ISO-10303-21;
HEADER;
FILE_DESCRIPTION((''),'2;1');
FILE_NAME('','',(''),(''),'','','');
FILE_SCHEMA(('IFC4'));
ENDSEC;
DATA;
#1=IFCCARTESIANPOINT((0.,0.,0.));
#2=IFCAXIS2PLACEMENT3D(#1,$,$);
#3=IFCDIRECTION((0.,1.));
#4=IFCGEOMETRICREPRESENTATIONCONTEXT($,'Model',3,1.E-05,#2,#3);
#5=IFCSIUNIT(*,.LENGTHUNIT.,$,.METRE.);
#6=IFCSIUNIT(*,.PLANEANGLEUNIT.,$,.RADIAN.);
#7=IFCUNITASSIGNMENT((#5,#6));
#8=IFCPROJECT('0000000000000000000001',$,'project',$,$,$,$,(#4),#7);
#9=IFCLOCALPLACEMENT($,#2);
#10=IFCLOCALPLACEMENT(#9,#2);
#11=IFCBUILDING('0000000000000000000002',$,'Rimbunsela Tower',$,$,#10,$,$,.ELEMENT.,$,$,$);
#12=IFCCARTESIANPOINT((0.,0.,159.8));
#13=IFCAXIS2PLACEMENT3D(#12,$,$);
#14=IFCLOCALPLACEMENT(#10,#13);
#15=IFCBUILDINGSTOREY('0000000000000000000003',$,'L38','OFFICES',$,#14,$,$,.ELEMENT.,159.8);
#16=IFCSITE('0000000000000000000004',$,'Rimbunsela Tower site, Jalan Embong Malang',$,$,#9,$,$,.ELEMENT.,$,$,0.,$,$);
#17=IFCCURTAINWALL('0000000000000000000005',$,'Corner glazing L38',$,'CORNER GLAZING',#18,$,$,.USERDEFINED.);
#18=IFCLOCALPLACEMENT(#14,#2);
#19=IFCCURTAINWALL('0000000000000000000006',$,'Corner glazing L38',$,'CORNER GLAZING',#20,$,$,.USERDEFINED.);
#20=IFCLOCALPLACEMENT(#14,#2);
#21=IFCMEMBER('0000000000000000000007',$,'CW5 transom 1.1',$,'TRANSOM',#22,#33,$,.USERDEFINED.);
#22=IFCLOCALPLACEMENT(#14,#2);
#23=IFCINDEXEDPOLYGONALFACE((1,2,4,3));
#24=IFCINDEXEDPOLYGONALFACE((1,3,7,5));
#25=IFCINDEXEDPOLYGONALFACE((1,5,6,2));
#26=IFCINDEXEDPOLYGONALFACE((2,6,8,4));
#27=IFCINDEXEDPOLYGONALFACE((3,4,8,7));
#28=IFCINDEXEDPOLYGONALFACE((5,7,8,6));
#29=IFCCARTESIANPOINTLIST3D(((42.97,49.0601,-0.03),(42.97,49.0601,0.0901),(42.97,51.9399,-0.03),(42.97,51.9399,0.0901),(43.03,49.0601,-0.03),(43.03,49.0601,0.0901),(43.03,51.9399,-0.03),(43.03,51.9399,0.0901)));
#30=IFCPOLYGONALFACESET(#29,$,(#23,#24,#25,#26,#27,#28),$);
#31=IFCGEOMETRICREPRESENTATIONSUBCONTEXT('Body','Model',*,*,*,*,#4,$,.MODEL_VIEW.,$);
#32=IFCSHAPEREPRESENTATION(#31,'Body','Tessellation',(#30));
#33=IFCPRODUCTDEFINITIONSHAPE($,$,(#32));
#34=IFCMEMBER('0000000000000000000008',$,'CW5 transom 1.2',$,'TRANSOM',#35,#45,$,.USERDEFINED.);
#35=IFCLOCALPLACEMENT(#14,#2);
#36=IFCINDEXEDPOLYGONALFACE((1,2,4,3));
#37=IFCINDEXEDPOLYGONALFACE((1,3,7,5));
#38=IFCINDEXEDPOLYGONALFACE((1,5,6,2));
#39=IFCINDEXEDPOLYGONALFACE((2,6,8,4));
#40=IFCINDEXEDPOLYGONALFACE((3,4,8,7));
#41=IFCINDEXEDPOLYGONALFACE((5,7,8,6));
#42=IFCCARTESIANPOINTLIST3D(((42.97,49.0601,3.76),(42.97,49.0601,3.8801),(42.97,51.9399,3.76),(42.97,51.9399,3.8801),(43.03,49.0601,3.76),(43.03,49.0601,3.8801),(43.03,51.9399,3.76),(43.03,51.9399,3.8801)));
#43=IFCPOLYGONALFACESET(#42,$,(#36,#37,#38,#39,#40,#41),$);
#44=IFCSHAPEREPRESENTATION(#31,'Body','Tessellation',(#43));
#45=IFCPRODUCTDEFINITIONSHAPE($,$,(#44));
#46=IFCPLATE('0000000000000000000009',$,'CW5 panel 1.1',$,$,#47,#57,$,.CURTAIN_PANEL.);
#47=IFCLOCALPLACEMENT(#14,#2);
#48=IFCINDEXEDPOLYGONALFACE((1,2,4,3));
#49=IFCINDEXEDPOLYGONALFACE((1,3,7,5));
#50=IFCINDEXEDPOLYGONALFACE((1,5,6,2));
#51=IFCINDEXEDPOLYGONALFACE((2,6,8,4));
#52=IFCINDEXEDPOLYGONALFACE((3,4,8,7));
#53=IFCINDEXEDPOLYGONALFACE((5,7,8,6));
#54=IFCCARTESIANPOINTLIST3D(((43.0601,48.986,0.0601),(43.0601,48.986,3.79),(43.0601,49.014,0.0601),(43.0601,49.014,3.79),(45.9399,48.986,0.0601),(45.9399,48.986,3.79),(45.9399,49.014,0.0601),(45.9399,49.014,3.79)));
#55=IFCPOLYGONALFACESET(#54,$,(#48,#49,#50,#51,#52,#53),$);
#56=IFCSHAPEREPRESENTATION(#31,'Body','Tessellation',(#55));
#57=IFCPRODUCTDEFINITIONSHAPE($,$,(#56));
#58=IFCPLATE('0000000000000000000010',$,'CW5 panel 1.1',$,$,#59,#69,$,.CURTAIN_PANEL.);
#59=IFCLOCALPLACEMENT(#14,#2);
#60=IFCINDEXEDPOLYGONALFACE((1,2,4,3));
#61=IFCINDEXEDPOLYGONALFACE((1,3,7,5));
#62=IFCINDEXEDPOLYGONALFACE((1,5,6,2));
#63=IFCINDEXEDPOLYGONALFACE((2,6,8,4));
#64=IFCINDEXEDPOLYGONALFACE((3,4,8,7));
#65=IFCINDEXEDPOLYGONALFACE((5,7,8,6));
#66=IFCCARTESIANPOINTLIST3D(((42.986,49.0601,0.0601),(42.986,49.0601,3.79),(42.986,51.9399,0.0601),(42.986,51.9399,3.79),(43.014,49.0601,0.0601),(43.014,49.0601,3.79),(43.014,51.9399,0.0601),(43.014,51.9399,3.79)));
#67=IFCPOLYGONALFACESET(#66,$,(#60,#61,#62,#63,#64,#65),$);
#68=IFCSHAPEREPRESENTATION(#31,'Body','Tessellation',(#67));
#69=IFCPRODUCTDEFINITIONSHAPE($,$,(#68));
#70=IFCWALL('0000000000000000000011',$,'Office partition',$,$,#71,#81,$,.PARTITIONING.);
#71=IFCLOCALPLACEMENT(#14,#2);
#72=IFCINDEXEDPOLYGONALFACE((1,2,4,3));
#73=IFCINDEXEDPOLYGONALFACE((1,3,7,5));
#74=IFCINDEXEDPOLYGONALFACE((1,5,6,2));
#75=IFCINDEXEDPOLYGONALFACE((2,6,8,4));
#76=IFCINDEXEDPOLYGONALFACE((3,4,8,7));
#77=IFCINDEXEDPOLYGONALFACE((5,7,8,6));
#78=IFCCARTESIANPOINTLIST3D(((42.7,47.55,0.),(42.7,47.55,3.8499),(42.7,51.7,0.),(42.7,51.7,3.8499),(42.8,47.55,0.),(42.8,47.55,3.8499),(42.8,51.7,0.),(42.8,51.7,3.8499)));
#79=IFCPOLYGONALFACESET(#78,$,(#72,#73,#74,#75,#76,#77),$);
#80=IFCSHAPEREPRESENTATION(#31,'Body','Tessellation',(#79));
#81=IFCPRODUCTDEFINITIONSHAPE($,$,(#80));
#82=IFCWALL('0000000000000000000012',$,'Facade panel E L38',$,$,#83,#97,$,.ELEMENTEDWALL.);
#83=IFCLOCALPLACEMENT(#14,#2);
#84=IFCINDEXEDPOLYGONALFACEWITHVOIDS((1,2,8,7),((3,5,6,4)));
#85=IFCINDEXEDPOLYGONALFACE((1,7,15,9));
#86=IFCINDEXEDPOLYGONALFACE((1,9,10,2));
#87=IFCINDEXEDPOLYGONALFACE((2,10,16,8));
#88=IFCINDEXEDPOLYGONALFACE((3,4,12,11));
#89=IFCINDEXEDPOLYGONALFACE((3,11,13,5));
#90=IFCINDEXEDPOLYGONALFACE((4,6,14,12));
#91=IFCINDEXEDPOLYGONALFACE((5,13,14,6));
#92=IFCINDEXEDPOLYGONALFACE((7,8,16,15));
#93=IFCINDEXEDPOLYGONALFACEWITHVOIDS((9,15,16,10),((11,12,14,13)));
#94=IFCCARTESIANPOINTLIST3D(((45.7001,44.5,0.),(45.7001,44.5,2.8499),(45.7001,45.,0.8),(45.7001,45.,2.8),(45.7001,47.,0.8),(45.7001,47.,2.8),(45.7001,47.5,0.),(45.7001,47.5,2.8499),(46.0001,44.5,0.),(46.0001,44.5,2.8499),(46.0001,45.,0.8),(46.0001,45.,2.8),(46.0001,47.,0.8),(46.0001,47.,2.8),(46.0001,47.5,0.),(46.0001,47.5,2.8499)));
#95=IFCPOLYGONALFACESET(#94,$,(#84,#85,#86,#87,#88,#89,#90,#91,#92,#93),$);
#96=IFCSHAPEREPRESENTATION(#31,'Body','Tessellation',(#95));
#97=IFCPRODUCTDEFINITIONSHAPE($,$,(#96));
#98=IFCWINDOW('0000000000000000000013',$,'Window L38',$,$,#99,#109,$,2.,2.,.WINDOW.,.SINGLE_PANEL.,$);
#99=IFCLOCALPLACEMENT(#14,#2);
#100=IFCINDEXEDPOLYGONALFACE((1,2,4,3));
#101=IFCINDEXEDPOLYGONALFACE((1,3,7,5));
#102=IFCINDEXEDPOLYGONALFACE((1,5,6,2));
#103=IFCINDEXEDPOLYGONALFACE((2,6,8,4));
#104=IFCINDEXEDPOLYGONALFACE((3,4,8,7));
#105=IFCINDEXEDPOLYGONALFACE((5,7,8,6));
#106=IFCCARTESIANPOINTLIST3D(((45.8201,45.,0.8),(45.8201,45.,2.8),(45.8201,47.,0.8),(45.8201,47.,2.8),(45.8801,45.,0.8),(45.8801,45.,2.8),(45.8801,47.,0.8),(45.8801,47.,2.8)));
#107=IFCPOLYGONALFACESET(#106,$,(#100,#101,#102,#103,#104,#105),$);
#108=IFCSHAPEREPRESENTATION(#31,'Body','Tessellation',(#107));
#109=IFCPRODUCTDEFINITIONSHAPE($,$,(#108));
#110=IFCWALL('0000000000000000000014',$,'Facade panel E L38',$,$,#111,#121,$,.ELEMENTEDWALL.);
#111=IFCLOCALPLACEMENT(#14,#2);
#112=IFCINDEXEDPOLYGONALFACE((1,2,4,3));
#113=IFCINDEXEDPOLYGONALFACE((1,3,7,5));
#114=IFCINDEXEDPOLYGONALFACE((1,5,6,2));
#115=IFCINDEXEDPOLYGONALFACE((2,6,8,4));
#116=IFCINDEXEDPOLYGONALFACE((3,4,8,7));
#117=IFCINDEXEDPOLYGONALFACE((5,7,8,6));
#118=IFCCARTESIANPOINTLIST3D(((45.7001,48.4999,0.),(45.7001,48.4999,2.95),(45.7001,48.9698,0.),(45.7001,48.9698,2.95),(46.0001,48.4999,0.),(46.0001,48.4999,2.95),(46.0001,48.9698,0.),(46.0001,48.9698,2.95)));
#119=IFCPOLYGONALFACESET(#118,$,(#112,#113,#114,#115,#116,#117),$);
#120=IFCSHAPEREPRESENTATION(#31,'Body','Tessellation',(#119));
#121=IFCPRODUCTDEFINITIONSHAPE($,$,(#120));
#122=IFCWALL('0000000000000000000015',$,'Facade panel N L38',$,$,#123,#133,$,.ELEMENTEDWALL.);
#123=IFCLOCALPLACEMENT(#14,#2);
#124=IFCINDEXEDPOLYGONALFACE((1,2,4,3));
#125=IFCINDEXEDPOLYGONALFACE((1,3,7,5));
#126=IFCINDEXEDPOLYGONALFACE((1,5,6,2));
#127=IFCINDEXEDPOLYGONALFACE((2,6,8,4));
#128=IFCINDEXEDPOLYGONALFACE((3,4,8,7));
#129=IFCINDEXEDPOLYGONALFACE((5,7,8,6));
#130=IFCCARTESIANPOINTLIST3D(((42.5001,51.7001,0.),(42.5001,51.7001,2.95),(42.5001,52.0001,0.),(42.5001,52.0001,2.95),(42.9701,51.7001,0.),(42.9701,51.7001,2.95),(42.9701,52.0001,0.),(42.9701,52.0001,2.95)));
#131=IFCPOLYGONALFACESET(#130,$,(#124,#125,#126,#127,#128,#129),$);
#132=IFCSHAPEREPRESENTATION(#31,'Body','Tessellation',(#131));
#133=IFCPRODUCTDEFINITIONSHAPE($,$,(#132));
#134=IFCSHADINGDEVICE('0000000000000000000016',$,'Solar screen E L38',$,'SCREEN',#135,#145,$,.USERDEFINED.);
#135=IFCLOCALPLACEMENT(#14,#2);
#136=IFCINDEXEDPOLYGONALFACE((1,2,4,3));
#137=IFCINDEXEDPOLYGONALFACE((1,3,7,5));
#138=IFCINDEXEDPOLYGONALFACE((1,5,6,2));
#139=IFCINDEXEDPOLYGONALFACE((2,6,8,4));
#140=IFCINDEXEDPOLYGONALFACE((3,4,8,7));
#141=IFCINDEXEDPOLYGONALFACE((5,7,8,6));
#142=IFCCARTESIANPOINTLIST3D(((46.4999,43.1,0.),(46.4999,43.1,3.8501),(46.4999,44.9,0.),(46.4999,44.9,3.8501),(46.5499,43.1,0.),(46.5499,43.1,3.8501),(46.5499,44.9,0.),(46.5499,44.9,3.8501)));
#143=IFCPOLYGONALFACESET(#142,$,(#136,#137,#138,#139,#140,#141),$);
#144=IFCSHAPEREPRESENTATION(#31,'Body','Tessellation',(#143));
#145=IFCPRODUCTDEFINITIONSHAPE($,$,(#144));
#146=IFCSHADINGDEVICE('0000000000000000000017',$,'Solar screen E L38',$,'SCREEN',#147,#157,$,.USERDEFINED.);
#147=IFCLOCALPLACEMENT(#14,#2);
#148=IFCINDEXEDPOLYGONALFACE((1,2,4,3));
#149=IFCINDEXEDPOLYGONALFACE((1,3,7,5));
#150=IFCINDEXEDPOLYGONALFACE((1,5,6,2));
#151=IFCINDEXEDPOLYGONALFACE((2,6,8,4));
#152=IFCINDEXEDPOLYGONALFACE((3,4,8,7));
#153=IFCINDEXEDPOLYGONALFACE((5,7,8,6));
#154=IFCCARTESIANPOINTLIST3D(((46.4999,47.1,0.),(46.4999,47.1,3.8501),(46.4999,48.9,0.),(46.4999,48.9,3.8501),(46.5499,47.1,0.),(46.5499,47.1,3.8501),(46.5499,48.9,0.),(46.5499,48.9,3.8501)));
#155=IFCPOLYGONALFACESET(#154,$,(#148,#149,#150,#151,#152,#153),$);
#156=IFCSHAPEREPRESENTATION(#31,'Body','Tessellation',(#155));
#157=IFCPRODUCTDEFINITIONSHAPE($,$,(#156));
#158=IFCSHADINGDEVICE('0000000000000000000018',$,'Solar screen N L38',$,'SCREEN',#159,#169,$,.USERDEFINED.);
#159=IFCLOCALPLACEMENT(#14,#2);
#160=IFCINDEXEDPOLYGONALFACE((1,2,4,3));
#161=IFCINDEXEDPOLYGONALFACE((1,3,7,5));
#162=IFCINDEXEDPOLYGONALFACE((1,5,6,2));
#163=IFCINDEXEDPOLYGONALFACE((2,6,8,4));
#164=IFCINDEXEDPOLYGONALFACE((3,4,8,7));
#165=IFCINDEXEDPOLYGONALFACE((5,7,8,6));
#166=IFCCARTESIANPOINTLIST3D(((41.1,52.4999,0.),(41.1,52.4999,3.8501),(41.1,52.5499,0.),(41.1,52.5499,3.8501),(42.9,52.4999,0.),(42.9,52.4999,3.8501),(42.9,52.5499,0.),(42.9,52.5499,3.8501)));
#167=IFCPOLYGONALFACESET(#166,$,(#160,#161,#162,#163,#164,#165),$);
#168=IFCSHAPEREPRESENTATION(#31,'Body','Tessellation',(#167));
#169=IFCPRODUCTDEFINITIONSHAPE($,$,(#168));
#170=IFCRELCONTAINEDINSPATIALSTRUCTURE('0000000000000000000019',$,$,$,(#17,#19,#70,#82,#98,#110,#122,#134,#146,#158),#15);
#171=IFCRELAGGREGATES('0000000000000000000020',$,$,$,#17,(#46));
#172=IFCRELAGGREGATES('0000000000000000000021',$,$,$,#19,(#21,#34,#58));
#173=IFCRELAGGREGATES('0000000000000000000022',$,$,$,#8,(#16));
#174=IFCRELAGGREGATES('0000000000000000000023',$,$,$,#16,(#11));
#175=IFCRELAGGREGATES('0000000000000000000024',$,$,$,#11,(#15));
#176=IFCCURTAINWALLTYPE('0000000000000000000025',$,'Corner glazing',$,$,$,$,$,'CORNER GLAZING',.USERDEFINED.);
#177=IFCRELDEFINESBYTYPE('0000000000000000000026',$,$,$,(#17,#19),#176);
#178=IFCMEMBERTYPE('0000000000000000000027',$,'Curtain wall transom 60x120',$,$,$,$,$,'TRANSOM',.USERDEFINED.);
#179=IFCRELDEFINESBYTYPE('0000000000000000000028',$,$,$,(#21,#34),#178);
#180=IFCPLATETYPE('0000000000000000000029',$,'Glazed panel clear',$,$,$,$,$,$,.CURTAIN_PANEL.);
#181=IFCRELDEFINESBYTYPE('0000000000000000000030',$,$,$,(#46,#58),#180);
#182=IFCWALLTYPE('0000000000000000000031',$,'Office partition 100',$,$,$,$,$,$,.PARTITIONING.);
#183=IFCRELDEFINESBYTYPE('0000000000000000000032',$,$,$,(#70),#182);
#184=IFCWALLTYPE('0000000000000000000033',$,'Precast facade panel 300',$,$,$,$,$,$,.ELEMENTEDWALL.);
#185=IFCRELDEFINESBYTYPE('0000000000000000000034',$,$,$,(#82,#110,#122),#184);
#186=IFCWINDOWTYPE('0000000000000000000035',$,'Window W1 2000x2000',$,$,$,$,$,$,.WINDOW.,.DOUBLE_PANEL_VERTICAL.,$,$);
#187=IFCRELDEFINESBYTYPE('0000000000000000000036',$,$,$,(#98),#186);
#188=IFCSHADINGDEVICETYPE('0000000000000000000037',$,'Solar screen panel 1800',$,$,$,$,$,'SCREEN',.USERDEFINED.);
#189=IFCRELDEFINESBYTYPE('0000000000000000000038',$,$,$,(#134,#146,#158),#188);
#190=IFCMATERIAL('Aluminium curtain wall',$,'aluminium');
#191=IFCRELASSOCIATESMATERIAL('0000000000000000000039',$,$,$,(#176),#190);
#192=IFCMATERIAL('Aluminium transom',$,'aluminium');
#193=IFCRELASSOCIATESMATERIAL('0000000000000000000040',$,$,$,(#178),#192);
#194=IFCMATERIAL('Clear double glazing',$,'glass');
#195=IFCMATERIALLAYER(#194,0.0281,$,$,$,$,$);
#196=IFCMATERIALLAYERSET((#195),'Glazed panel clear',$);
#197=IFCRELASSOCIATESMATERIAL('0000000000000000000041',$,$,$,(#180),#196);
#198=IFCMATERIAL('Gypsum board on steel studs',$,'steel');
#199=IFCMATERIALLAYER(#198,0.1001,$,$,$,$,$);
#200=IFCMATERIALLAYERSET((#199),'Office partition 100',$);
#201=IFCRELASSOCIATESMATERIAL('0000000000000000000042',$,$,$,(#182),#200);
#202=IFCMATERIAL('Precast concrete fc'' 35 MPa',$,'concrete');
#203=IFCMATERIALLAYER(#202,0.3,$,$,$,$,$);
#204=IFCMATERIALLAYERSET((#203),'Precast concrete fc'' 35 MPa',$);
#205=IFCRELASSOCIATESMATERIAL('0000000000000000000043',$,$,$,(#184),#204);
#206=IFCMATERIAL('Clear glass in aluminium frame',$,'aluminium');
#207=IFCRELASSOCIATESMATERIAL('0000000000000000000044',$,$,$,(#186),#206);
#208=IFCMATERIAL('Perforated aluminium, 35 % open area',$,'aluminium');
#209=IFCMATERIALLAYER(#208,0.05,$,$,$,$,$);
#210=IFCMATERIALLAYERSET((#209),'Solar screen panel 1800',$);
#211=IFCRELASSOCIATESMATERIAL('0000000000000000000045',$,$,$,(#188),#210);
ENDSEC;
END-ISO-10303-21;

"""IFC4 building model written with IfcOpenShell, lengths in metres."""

from ifc_helpers import new_model, si_unit, direction, frame, frame_2d, origin, origin_2d, place, context, subcontext, project, spatial, rectangle, extrude, material, layer, layer_set, material_profile, profile_set, type_object, element, fill, aggregate, save


model = new_model("IFC4")

# Units and contexts
model_context = context("Model", 3, precision=1e-05, world=origin(), true_north=direction((0.0, 1.0)))
body_context = subcontext(model_context, "Body", "Model", "MODEL_VIEW")
ifc_project = project(units=[si_unit("LENGTHUNIT", "METRE"), si_unit("PLANEANGLEUNIT", "RADIAN")], contexts=[model_context])

# Site, building, storey
site_placement = place(None, origin())
site = spatial("IfcSite", under=ifc_project, at=site_placement, Name="Rimbunsela Tower site, Jalan Embong Malang", CompositionType="ELEMENT", RefElevation=0.0)
building_placement = place(site_placement, origin())
building = spatial("IfcBuilding", under=site, at=building_placement, Name="Rimbunsela Tower", CompositionType="ELEMENT")
storey_placement = place(building_placement, frame((0.0, 0.0, 159.8)))
storey = spatial("IfcBuildingStorey", under=building, at=storey_placement, Name="L38", Description="OFFICES", CompositionType="ELEMENT", Elevation=159.8)

# Curtain walls
ifc_material_1 = material(Name="Aluminium curtain wall", Category="aluminium")
curtain_wall_type = type_object("IfcCurtainWallType", Name="Corner glazing", ElementType="CORNER GLAZING", PredefinedType="USERDEFINED", material=ifc_material_1)
curtain_wall_1_placement = place(storey_placement, origin())
curtain_wall_1 = element("IfcCurtainWall", 1, at=curtain_wall_1_placement, inside=storey, type_object=curtain_wall_type, Name="Corner glazing L38", ObjectType="CORNER GLAZING", PredefinedType="USERDEFINED")
curtain_wall_2_placement = place(storey_placement, origin())
curtain_wall_2 = element("IfcCurtainWall", 2, at=curtain_wall_2_placement, inside=storey, type_object=curtain_wall_type, Name="Corner glazing L38", ObjectType="CORNER GLAZING", PredefinedType="USERDEFINED")

# Members
ifc_material_2 = material(Name="Aluminium transom", Category="aluminium")
ifc_material_profile_1 = material_profile(ifc_material_2, rectangle(XDim=0.0601, YDim=0.1201, at=origin_2d()), Name="Transom 60x120")
ifc_profile_set_1 = profile_set([ifc_material_profile_1], Name="Aluminium transom")
member_type_1 = type_object("IfcMemberType", Name="Curtain wall transom 60x120", ElementType="TRANSOM", PredefinedType="USERDEFINED", material=ifc_profile_set_1)
member_1_placement = place(storey_placement, frame((43.0, 49.0601, 0.03), z_axis=(0.0, 1.0, 0.0), x_axis=(-1.0, 0.0, 0.0)))
member_1 = element("IfcMember", 3, at=member_1_placement, type_object=member_type_1, Name="CW5 transom 1.1", ObjectType="TRANSOM", PredefinedType="USERDEFINED", context=body_context, shape_type="SweptSolid", body=[
    extrude(rectangle(XDim=0.0601, YDim=0.1201, at=origin_2d()), origin(), (0.0, 0.0, 1.0), 2.8799),
])
member_2_placement = place(storey_placement, frame((43.0, 49.0601, 3.8201), z_axis=(0.0, 1.0, 0.0), x_axis=(-1.0, 0.0, 0.0)))
member_2 = element("IfcMember", 4, at=member_2_placement, type_object=member_type_1, Name="CW5 transom 1.2", ObjectType="TRANSOM", PredefinedType="USERDEFINED", context=body_context, shape_type="SweptSolid", body=[
    extrude(rectangle(XDim=0.0601, YDim=0.1201, at=origin_2d()), origin(), (0.0, 0.0, 1.0), 2.8799),
])

# Plates
ifc_material_3 = material(Name="Clear double glazing", Category="glass")
ifc_layer_1 = layer(ifc_material_3, 0.0281)
ifc_layer_set_1 = layer_set([ifc_layer_1], Name="Glazed panel clear")
plate_type = type_object("IfcPlateType", Name="Glazed panel clear", PredefinedType="CURTAIN_PANEL", material=ifc_layer_set_1)
plate_1_placement = place(storey_placement, frame((44.5, 49.0, 0.0601), z_axis=(0.0, 0.0, 1.0), x_axis=(-1.0, 0.0, 0.0)))
plate_1 = element("IfcPlate", 5, at=plate_1_placement, type_object=plate_type, Name="CW5 panel 1.1", PredefinedType="CURTAIN_PANEL", context=body_context, shape_type="SweptSolid", body=[
    extrude(rectangle(XDim=2.8799, YDim=0.0281, at=origin_2d()), origin(), (0.0, 0.0, 1.0), 3.73),
])
aggregate(curtain_wall_1, [plate_1])
plate_2_placement = place(storey_placement, frame((43.0, 50.5, 0.0601), z_axis=(0.0, 0.0, 1.0), x_axis=(0.0, 1.0, 0.0)))
plate_2 = element("IfcPlate", 6, at=plate_2_placement, type_object=plate_type, Name="CW5 panel 1.1", PredefinedType="CURTAIN_PANEL", context=body_context, shape_type="SweptSolid", body=[
    extrude(rectangle(XDim=2.8799, YDim=0.0281, at=origin_2d()), origin(), (0.0, 0.0, 1.0), 3.73),
])
aggregate(curtain_wall_2, [member_1, member_2, plate_2])

# Wall
ifc_material_4 = material(Name="Gypsum board on steel studs", Category="steel")
ifc_layer_2 = layer(ifc_material_4, 0.1001)
ifc_layer_set_2 = layer_set([ifc_layer_2], Name="Office partition 100")
wall_type_1 = type_object("IfcWallType", Name="Office partition 100", PredefinedType="PARTITIONING", material=ifc_layer_set_2)
wall_1_placement = place(storey_placement, frame((42.75, 47.55, 0.0), z_axis=(0.0, 0.0, 1.0), x_axis=(0.0, 1.0, 0.0)))
element("IfcWall", 7, at=wall_1_placement, inside=storey, type_object=wall_type_1, Name="Office partition", PredefinedType="PARTITIONING", context=body_context, shape_type="SweptSolid", body=[
    extrude(rectangle(XDim=4.1499, YDim=0.1001, at=frame_2d((2.075, 0.0))), origin(), (0.0, 0.0, 1.0), 3.8499),
])

# Wall, opening, window
ifc_material_5 = material(Name="Precast concrete fc' 35 MPa", Category="concrete")
ifc_layer_3 = layer(ifc_material_5, 0.3)
ifc_layer_set_3 = layer_set([ifc_layer_3], Name="Precast concrete fc' 35 MPa")
wall_type_2 = type_object("IfcWallType", Name="Precast facade panel 300", PredefinedType="ELEMENTEDWALL", material=ifc_layer_set_3)
wall_2_placement = place(storey_placement, frame((45.8501, 44.5, 0.0), z_axis=(0.0, 0.0, 1.0), x_axis=(0.0, 1.0, 0.0)))
wall_2 = element("IfcWall", 8, at=wall_2_placement, inside=storey, type_object=wall_type_2, Name="Facade panel E L38", PredefinedType="ELEMENTEDWALL", context=body_context, shape_type="SweptSolid", body=[
    extrude(rectangle(XDim=3.0, YDim=0.3, at=frame_2d((1.5, 0.0))), origin(), (0.0, 0.0, 1.0), 2.8499),
])
opening_placement = place(wall_2_placement, frame((0.5, 0.0, 0.8)))
opening = element("IfcOpeningElement", 9, at=opening_placement, cuts=wall_2, PredefinedType="OPENING", context=body_context, shape_type="SweptSolid", body=[
    extrude(rectangle(XDim=2.0, YDim=2.0, at=frame_2d((1.0, 1.0))), frame((0.0, 0.1599, 0.0), z_axis=(0.0, -1.0, 0.0), x_axis=(1.0, 0.0, 0.0)), (0.0, 0.0, 1.0), 0.3201),
])
ifc_material_6 = material(Name="Clear glass in aluminium frame", Category="aluminium")
window_type = type_object("IfcWindowType", Name="Window W1 2000x2000", PartitioningType="DOUBLE_PANEL_VERTICAL", PredefinedType="WINDOW", material=ifc_material_6)
window_placement = place(opening_placement, origin())
window = element("IfcWindow", 10, at=window_placement, inside=storey, type_object=window_type, Name="Window L38", OverallHeight=2.0, OverallWidth=2.0, PartitioningType="SINGLE_PANEL", PredefinedType="WINDOW", context=body_context, shape_type="SweptSolid", body=[
    extrude(rectangle(XDim=2.0, YDim=2.0, at=frame_2d((1.0, 1.0))), frame((0.0, 0.03, 0.0), z_axis=(0.0, -1.0, 0.0), x_axis=(1.0, 0.0, 0.0)), (0.0, 0.0, 1.0), 0.0601),
])
fill(opening, window)

# Walls
for number, where, z_axis, x_axis, name in (
    (11, (45.8501, 48.5, 0.0), (0.0, 0.0, 1.0), (0.0, 1.0, 0.0), "Facade panel E L38"),
    (12, (42.97, 51.8501, 0.0), (0.0, 0.0, 1.0), (-1.0, 0.0, 0.0), "Facade panel N L38"),
):
    element("IfcWall", number, at=place(storey_placement, frame(where, z_axis=z_axis, x_axis=x_axis)), inside=storey, type_object=wall_type_2, Name=name, PredefinedType="ELEMENTEDWALL", context=body_context, shape_type="SweptSolid", body=[
        extrude(rectangle(XDim=0.47, YDim=0.3, at=frame_2d((0.2349, 0.0))), origin(), (0.0, 0.0, 1.0), 2.95),
    ])

# Shading devices
ifc_material_7 = material(Name="Perforated aluminium, 35 % open area", Category="aluminium")
ifc_layer_4 = layer(ifc_material_7, 0.05)
ifc_layer_set_4 = layer_set([ifc_layer_4], Name="Solar screen panel 1800")
shading_device_type = type_object("IfcShadingDeviceType", Name="Solar screen panel 1800", ElementType="SCREEN", PredefinedType="USERDEFINED", material=ifc_layer_set_4)
for number, where, z_axis, x_axis, name in (
    (13, (46.5249, 44.0, 0.0), (0.0, 0.0, 1.0), (0.0, 1.0, 0.0), "Solar screen E L38"),
    (14, (46.5249, 48.0, 0.0), (0.0, 0.0, 1.0), (0.0, 1.0, 0.0), "Solar screen E L38"),
    (15, (42.0, 52.5249, 0.0), (0.0, 0.0, 1.0), (1.0, 0.0, 0.0), "Solar screen N L38"),
):
    element("IfcShadingDevice", number, at=place(storey_placement, frame(where, z_axis=z_axis, x_axis=x_axis)), inside=storey, type_object=shading_device_type, Name=name, ObjectType="SCREEN", PredefinedType="USERDEFINED", context=body_context, shape_type="SweptSolid", body=[
        extrude(rectangle(XDim=1.8, YDim=0.05, at=origin_2d()), origin(), (0.0, 0.0, 1.0), 3.8501),
    ])

save(model, "model.ifc")
